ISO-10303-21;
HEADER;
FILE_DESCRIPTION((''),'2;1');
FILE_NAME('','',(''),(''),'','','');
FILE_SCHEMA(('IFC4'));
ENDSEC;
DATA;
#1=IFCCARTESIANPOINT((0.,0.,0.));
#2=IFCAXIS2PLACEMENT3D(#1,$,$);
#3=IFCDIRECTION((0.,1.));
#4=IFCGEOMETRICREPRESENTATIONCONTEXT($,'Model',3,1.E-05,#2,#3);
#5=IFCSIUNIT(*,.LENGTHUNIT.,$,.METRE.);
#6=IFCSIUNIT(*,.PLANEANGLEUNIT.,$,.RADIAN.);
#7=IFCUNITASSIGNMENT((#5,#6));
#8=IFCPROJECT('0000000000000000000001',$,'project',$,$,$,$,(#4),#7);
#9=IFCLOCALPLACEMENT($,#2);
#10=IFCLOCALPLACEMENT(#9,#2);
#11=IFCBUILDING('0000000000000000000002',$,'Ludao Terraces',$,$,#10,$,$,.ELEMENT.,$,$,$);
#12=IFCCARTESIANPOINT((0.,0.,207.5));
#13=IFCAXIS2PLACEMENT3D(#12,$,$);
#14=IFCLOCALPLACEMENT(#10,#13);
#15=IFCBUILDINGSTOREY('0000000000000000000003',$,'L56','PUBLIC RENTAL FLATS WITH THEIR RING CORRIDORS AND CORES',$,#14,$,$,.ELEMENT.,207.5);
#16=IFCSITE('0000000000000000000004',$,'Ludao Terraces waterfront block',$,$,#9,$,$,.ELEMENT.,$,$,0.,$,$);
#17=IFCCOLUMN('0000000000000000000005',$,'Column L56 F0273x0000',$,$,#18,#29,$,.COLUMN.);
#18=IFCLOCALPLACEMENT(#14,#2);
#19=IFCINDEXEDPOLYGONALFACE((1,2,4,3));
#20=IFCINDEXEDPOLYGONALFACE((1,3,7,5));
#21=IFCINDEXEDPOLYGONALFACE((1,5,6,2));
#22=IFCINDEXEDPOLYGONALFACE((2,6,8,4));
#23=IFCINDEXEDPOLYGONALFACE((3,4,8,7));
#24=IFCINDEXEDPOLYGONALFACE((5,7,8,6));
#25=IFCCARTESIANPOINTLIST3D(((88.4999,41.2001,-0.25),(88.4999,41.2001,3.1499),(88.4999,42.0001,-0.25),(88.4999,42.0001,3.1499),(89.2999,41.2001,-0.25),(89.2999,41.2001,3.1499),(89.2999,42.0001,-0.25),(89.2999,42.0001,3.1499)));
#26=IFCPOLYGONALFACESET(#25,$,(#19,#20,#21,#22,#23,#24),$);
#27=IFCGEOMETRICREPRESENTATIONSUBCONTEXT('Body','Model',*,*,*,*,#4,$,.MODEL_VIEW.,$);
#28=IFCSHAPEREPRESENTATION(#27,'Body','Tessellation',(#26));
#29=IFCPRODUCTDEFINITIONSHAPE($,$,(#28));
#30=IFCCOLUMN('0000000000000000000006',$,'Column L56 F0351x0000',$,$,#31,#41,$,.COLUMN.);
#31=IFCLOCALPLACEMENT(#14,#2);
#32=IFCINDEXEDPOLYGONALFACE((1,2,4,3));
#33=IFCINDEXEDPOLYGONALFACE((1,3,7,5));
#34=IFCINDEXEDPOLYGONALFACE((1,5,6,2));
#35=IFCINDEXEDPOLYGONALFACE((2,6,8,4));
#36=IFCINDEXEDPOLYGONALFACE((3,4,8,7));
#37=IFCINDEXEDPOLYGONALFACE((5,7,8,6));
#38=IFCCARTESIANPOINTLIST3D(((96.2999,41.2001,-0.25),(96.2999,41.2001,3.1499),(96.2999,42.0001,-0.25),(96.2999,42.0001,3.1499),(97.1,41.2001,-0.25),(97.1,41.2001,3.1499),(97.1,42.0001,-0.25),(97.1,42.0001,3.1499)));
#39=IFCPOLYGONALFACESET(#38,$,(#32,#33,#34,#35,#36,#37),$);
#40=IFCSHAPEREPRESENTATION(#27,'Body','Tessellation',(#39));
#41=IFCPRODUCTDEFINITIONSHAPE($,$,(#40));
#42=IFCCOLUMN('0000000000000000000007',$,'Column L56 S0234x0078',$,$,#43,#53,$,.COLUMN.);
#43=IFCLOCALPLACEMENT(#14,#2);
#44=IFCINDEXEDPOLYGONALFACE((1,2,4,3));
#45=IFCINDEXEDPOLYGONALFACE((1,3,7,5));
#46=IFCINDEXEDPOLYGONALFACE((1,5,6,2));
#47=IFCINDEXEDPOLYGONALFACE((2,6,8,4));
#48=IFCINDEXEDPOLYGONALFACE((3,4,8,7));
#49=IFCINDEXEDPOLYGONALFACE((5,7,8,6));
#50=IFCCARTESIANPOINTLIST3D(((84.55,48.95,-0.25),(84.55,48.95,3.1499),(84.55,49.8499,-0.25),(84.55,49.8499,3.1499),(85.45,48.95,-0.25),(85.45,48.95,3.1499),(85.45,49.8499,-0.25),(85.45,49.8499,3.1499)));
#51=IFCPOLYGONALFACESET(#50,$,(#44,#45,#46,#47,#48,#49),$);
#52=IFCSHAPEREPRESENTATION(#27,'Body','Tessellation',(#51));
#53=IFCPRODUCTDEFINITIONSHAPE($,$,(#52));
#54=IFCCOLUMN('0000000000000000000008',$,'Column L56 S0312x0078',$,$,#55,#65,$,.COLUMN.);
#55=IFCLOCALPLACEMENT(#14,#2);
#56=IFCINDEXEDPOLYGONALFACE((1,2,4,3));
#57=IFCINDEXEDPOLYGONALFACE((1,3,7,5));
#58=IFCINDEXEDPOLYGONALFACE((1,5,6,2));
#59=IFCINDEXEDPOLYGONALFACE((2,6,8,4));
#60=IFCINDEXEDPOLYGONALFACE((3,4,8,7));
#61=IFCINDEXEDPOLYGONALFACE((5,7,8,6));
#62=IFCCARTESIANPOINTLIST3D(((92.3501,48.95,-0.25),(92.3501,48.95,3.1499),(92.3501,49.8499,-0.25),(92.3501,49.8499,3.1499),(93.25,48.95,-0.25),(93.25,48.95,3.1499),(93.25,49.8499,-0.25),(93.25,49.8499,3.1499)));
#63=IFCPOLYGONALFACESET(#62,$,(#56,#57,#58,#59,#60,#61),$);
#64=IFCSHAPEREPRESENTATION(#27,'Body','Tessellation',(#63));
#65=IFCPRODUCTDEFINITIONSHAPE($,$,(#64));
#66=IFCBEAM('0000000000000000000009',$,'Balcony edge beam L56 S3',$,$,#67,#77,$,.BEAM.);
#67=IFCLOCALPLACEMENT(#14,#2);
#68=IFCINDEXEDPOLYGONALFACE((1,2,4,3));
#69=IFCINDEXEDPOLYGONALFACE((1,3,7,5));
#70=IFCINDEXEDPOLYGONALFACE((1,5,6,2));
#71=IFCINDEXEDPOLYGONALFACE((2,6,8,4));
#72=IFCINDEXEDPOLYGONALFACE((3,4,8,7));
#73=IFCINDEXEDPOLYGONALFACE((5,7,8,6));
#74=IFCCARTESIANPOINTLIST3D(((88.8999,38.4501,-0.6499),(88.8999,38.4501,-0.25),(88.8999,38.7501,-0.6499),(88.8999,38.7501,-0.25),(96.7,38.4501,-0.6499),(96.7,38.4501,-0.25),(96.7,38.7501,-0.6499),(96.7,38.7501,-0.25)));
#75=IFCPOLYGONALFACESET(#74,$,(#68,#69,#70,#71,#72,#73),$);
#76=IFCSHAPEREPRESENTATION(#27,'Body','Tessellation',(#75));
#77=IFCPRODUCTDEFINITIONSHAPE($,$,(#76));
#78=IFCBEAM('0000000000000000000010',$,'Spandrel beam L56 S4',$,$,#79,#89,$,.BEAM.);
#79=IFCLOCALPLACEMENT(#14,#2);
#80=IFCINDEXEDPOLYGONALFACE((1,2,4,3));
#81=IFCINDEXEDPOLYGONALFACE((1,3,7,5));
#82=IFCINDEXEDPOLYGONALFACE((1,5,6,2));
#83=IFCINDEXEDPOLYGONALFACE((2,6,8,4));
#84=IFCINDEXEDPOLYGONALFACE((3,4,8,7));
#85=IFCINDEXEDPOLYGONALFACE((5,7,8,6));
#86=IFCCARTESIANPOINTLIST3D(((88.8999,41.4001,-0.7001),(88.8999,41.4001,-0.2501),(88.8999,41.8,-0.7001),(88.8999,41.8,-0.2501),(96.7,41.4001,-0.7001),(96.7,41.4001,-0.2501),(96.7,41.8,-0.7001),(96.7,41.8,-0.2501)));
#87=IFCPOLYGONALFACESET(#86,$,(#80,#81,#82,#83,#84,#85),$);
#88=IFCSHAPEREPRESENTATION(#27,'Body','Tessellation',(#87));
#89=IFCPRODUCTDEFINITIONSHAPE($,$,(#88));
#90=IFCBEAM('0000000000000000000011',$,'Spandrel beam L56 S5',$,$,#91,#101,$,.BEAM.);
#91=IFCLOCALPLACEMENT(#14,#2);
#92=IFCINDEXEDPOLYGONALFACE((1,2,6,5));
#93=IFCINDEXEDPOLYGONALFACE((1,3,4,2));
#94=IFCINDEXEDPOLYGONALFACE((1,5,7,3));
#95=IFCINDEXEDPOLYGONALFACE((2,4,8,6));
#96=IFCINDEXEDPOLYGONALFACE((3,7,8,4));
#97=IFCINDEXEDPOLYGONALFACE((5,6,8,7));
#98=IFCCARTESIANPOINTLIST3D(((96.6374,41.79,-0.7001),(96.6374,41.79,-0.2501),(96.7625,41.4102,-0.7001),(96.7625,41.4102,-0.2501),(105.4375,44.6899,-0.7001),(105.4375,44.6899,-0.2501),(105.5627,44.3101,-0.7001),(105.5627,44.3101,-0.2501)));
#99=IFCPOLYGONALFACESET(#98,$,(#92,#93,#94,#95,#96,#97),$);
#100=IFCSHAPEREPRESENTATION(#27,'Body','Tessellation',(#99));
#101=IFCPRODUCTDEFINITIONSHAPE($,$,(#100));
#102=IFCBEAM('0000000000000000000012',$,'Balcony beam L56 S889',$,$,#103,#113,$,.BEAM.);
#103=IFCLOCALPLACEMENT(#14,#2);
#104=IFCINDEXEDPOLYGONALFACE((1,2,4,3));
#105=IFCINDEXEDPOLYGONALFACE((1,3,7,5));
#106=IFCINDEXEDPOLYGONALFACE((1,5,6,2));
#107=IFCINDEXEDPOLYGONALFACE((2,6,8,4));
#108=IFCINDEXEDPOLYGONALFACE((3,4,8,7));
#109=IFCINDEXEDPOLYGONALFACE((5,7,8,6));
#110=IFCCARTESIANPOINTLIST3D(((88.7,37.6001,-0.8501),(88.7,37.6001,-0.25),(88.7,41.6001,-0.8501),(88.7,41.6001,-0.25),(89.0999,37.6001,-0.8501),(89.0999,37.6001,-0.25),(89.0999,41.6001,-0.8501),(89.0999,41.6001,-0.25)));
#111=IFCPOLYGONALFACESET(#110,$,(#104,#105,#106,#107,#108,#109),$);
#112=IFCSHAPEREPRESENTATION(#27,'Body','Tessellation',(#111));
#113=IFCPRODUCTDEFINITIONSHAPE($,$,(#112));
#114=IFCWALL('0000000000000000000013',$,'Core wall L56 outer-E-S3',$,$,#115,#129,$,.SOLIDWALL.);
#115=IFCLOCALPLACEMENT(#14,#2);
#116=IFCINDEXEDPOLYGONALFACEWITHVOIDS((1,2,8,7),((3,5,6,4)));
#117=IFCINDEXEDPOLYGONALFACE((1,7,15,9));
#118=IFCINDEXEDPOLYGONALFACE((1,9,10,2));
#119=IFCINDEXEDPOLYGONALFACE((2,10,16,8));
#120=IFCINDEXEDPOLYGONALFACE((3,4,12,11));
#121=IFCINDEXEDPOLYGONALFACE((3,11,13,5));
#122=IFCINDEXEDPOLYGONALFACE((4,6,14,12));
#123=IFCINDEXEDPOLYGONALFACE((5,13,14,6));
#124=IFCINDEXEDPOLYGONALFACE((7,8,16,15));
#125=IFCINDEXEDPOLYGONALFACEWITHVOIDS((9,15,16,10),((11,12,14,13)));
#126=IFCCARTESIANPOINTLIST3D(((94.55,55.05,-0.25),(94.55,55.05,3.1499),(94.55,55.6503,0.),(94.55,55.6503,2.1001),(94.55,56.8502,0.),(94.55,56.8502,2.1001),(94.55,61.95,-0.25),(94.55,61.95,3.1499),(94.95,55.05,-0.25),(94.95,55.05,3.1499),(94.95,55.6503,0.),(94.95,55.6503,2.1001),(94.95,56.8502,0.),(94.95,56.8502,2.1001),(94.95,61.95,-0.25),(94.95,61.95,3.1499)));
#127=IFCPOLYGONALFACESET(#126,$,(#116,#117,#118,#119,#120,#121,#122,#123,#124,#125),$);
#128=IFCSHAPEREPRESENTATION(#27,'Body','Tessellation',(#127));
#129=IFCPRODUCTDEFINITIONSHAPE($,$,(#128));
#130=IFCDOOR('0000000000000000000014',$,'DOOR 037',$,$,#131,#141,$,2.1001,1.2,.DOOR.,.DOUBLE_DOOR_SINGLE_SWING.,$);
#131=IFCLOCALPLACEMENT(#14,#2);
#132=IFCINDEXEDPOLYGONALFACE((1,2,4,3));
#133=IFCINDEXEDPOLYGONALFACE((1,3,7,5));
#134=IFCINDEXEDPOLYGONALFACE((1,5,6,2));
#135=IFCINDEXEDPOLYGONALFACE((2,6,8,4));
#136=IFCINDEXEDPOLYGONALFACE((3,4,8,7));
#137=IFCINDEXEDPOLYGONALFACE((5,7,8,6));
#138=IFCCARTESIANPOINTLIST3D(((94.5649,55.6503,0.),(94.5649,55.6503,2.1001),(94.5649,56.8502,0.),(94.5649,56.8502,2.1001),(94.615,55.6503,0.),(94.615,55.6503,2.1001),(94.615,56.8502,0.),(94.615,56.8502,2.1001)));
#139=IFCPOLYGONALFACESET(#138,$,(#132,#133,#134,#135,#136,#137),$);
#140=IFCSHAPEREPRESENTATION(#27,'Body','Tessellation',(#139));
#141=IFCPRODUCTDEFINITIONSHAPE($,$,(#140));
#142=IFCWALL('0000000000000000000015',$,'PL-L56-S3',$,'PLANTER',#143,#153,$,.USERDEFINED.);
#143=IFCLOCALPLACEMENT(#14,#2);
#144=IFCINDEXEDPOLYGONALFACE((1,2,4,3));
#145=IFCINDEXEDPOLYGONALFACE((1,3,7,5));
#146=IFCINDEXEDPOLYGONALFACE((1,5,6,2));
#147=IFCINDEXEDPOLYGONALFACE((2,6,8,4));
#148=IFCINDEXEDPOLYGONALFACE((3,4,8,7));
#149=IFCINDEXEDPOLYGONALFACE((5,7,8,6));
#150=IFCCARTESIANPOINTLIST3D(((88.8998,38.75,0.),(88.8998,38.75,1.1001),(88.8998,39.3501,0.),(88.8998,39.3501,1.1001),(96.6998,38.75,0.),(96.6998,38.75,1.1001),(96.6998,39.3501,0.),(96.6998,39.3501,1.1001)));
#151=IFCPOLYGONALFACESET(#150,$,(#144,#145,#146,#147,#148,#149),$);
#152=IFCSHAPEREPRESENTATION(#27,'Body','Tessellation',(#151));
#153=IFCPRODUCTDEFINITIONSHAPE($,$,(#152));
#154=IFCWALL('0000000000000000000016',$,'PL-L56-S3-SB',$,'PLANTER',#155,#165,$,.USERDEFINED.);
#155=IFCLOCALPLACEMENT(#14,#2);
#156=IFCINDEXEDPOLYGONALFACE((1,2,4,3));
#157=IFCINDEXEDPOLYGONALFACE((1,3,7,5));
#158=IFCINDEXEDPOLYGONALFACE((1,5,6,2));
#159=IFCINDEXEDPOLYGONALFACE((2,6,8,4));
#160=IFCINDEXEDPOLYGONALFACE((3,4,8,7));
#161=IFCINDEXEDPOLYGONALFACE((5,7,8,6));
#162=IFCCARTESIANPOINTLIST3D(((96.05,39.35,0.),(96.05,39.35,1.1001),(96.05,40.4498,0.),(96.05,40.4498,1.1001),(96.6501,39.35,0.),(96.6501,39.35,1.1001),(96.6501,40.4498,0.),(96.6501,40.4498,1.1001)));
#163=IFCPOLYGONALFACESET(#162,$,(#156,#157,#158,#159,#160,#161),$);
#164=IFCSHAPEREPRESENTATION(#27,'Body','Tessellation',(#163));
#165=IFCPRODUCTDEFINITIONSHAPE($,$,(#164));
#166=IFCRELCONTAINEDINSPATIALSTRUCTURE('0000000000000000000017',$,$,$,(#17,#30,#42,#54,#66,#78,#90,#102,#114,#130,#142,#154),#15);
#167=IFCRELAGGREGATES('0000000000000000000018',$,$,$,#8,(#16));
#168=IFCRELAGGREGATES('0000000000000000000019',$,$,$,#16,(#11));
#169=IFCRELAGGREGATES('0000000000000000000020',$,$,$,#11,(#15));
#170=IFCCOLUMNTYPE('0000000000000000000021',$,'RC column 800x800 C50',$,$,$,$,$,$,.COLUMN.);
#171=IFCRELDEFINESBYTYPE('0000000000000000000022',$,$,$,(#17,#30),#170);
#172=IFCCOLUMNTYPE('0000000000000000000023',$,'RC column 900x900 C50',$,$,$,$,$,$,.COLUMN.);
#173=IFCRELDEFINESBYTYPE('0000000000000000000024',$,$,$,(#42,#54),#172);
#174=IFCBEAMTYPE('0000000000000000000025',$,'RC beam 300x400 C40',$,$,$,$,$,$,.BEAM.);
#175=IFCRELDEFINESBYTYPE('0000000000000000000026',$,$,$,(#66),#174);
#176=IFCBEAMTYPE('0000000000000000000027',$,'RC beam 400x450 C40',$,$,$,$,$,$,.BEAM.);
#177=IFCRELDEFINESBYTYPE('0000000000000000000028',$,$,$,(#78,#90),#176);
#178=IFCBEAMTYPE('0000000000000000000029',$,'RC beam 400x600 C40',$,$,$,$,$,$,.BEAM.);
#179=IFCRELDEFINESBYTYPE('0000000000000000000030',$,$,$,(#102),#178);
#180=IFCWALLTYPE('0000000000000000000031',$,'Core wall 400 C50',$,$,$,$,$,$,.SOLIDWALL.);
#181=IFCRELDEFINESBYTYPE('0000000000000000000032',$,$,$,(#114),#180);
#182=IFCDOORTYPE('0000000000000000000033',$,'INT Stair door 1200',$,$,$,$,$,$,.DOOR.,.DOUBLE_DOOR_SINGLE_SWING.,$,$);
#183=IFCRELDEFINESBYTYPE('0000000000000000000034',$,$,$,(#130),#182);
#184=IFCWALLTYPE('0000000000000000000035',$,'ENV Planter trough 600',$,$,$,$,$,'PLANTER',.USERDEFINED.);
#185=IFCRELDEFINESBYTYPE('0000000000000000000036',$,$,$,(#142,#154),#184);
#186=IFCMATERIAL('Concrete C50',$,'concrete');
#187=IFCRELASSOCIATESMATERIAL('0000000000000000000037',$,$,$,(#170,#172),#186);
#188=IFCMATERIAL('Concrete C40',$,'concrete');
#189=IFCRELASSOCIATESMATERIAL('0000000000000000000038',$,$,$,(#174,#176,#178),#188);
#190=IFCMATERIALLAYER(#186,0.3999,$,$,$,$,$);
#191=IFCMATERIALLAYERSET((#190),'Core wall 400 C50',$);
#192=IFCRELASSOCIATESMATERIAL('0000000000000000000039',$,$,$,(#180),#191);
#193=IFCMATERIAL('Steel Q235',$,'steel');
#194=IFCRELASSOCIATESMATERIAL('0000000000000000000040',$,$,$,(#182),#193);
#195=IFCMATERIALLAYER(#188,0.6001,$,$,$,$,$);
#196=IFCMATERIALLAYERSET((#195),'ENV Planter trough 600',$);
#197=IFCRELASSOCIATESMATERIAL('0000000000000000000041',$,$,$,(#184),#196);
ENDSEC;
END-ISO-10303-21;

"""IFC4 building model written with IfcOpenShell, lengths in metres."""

from ifc_helpers import new_model, si_unit, direction, frame, frame_2d, origin, origin_2d, place, context, subcontext, project, spatial, rectangle, extrude, material, layer, layer_set, material_profile, profile_set, type_object, element, fill, save


model = new_model("IFC4")

# Units and contexts
model_context = context("Model", 3, precision=1e-05, world=origin(), true_north=direction((0.0, 1.0)))
body_context = subcontext(model_context, "Body", "Model", "MODEL_VIEW")
ifc_project = project(units=[si_unit("LENGTHUNIT", "METRE"), si_unit("PLANEANGLEUNIT", "RADIAN")], contexts=[model_context])

# Site, building, storey
site_placement = place(None, origin())
site = spatial("IfcSite", under=ifc_project, at=site_placement, Name="Ludao Terraces waterfront block", CompositionType="ELEMENT", RefElevation=0.0)
building_placement = place(site_placement, origin())
building = spatial("IfcBuilding", under=site, at=building_placement, Name="Ludao Terraces", CompositionType="ELEMENT")
storey_placement = place(building_placement, frame((0.0, 0.0, 207.5)))
storey = spatial("IfcBuildingStorey", under=building, at=storey_placement, Name="L56", Description="PUBLIC RENTAL FLATS WITH THEIR RING CORRIDORS AND CORES", CompositionType="ELEMENT", Elevation=207.5)

# Columns
ifc_material_1 = material(Name="Concrete C50", Category="concrete")
ifc_material_profile_1 = material_profile(ifc_material_1, rectangle(XDim=0.8, YDim=0.8, at=origin_2d()), Name="800 X 800")
ifc_profile_set_1 = profile_set([ifc_material_profile_1], Name="Concrete C50")
column_type_1 = type_object("IfcColumnType", Name="RC column 800x800 C50", PredefinedType="COLUMN", material=ifc_profile_set_1)
for number, where, z_axis, x_axis, name in (
    (1, (88.8999, 41.6001, -0.25), (0.0, 0.0, 1.0), (1.0, 0.0, 0.0), "Column L56 F0273x0000"),
    (2, (96.7, 41.6001, -0.25), (0.0, 0.0, 1.0), (1.0, 0.0, 0.0), "Column L56 F0351x0000"),
):
    element("IfcColumn", number, at=place(storey_placement, frame(where, z_axis=z_axis, x_axis=x_axis)), inside=storey, type_object=column_type_1, Name=name, PredefinedType="COLUMN", context=body_context, shape_type="SweptSolid", body=[
        extrude(rectangle(XDim=0.8, YDim=0.8, at=origin_2d()), origin(), (0.0, 0.0, 1.0), 3.3999),
    ])
ifc_material_profile_2 = material_profile(ifc_material_1, rectangle(XDim=0.8999, YDim=0.8999, at=origin_2d()), Name="900 X 900")
ifc_profile_set_2 = profile_set([ifc_material_profile_2], Name="Concrete C50")
column_type_2 = type_object("IfcColumnType", Name="RC column 900x900 C50", PredefinedType="COLUMN", material=ifc_profile_set_2)
for number, where, z_axis, x_axis, name in (
    (3, (85.0, 49.3999, -0.25), (0.0, 0.0, 1.0), (1.0, 0.0, 0.0), "Column L56 S0234x0078"),
    (4, (92.8, 49.3999, -0.25), (0.0, 0.0, 1.0), (1.0, 0.0, 0.0), "Column L56 S0312x0078"),
):
    element("IfcColumn", number, at=place(storey_placement, frame(where, z_axis=z_axis, x_axis=x_axis)), inside=storey, type_object=column_type_2, Name=name, PredefinedType="COLUMN", context=body_context, shape_type="SweptSolid", body=[
        extrude(rectangle(XDim=0.8999, YDim=0.8999, at=origin_2d()), origin(), (0.0, 0.0, 1.0), 3.3999),
    ])

# Beams
ifc_material_2 = material(Name="Concrete C40", Category="concrete")
ifc_material_profile_3 = material_profile(ifc_material_2, rectangle(XDim=0.3, YDim=0.3999, at=origin_2d()), Name="300 X 400")
ifc_profile_set_3 = profile_set([ifc_material_profile_3], Name="Concrete C40")
beam_type_1 = type_object("IfcBeamType", Name="RC beam 300x400 C40", PredefinedType="BEAM", material=ifc_profile_set_3)
beam_1_placement = place(storey_placement, frame((88.8999, 38.6001, -0.45), z_axis=(1.0, 0.0, 0.0), x_axis=(0.0, 1.0, 0.0)))
element("IfcBeam", 5, at=beam_1_placement, inside=storey, type_object=beam_type_1, Name="Balcony edge beam L56 S3", PredefinedType="BEAM", context=body_context, shape_type="SweptSolid", body=[
    extrude(rectangle(XDim=0.3, YDim=0.3999, at=origin_2d()), origin(), (0.0, 0.0, 1.0), 7.8),
])
ifc_material_profile_4 = material_profile(ifc_material_2, rectangle(XDim=0.3999, YDim=0.45, at=origin_2d()), Name="400 X 450")
ifc_profile_set_4 = profile_set([ifc_material_profile_4], Name="Concrete C40")
beam_type_2 = type_object("IfcBeamType", Name="RC beam 400x450 C40", PredefinedType="BEAM", material=ifc_profile_set_4)
beam_2_placement = place(storey_placement, frame((88.8999, 41.6001, -0.4751), z_axis=(1.0, 0.0, 0.0), x_axis=(0.0, 1.0, 0.0)))
element("IfcBeam", 6, at=beam_2_placement, inside=storey, type_object=beam_type_2, Name="Spandrel beam L56 S4", PredefinedType="BEAM", context=body_context, shape_type="SweptSolid", body=[
    extrude(rectangle(XDim=0.3999, YDim=0.45, at=origin_2d()), origin(), (0.0, 0.0, 1.0), 7.8),
])
beam_3_placement = place(storey_placement, frame((96.7, 41.6001, -0.4751), z_axis=(0.949761, 0.312977, 0.0), x_axis=(-0.312977, 0.949761, 0.0)))
element("IfcBeam", 7, at=beam_3_placement, inside=storey, type_object=beam_type_2, Name="Spandrel beam L56 S5", PredefinedType="BEAM", context=body_context, shape_type="SweptSolid", body=[
    extrude(rectangle(XDim=0.3999, YDim=0.45, at=origin_2d()), origin(), (0.0, 0.0, 1.0), 9.2656),
])
ifc_material_profile_5 = material_profile(ifc_material_2, rectangle(XDim=0.3999, YDim=0.6001, at=origin_2d()), Name="400 X 600")
ifc_profile_set_5 = profile_set([ifc_material_profile_5], Name="Concrete C40")
beam_type_3 = type_object("IfcBeamType", Name="RC beam 400x600 C40", PredefinedType="BEAM", material=ifc_profile_set_5)
beam_4_placement = place(storey_placement, frame((88.8999, 41.6001, -0.55), z_axis=(0.0, -1.0, 0.0), x_axis=(1.0, 0.0, 0.0)))
element("IfcBeam", 8, at=beam_4_placement, inside=storey, type_object=beam_type_3, Name="Balcony beam L56 S889", PredefinedType="BEAM", context=body_context, shape_type="SweptSolid", body=[
    extrude(rectangle(XDim=0.3999, YDim=0.6001, at=origin_2d()), origin(), (0.0, 0.0, 1.0), 4.0),
])

# Wall, opening, door
ifc_layer_1 = layer(ifc_material_1, 0.3999)
ifc_layer_set_1 = layer_set([ifc_layer_1], Name="Core wall 400 C50")
wall_type_1 = type_object("IfcWallType", Name="Core wall 400 C50", PredefinedType="SOLIDWALL", material=ifc_layer_set_1)
wall_1_placement = place(storey_placement, frame((94.75, 55.05, -0.25), z_axis=(0.0, 0.0, 1.0), x_axis=(0.0, 1.0, 0.0)))
wall_1 = element("IfcWall", 9, at=wall_1_placement, inside=storey, type_object=wall_type_1, Name="Core wall L56 outer-E-S3", PredefinedType="SOLIDWALL", context=body_context, shape_type="SweptSolid", body=[
    extrude(rectangle(XDim=6.8999, YDim=0.3999, at=frame_2d((3.45, 0.0))), origin(), (0.0, 0.0, 1.0), 3.3999),
])
opening_1_placement = place(wall_1_placement, frame((0.6001, 0.0, 0.25)))
opening_1 = element("IfcOpeningElement", 10, at=opening_1_placement, cuts=wall_1, PredefinedType="OPENING", context=body_context, shape_type="SweptSolid", body=[
    extrude(rectangle(XDim=1.2, YDim=2.1001, at=frame_2d((0.6001, 1.05))), frame((0.0, 0.21, 0.0), z_axis=(0.0, -1.0, 0.0), x_axis=(1.0, 0.0, 0.0)), (0.0, 0.0, 1.0), 0.4199),
])
ifc_material_3 = material(Name="Steel Q235", Category="steel")
door_type_1 = type_object("IfcDoorType", Name="INT Stair door 1200", OperationType="DOUBLE_DOOR_SINGLE_SWING", PredefinedType="DOOR", material=ifc_material_3)
door_1_placement = place(opening_1_placement, origin())
door_1 = element("IfcDoor", 11, at=door_1_placement, inside=storey, type_object=door_type_1, Name="DOOR 037", OperationType="DOUBLE_DOOR_SINGLE_SWING", OverallHeight=2.1001, OverallWidth=1.2, PredefinedType="DOOR", context=body_context, shape_type="SweptSolid", body=[
    extrude(rectangle(XDim=1.2, YDim=2.1001, at=frame_2d((0.6001, 1.05))), frame((0.0, 0.1851, 0.0), z_axis=(0.0, -1.0, 0.0), x_axis=(1.0, 0.0, 0.0)), (0.0, 0.0, 1.0), 0.05),
])
fill(opening_1, door_1)

# Walls
ifc_layer_2 = layer(ifc_material_2, 0.6001)
ifc_layer_set_2 = layer_set([ifc_layer_2], Name="ENV Planter trough 600")
wall_type_2 = type_object("IfcWallType", Name="ENV Planter trough 600", ElementType="PLANTER", PredefinedType="USERDEFINED", material=ifc_layer_set_2)
wall_2_placement = place(storey_placement, frame((88.8999, 39.05, 0.0), z_axis=(0.0, 0.0, 1.0), x_axis=(1.0, 0.0, 0.0)))
element("IfcWall", 12, at=wall_2_placement, inside=storey, type_object=wall_type_2, Name="PL-L56-S3", ObjectType="PLANTER", PredefinedType="USERDEFINED", context=body_context, shape_type="SweptSolid", body=[
    extrude(rectangle(XDim=7.8, YDim=0.6001, at=frame_2d((3.8999, 0.0))), origin(), (0.0, 0.0, 1.0), 1.1001),
])
wall_3_placement = place(storey_placement, frame((96.3501, 39.3501, 0.0), z_axis=(0.0, 0.0, 1.0), x_axis=(0.0, 1.0, 0.0)))
element("IfcWall", 13, at=wall_3_placement, inside=storey, type_object=wall_type_2, Name="PL-L56-S3-SB", ObjectType="PLANTER", PredefinedType="USERDEFINED", context=body_context, shape_type="SweptSolid", body=[
    extrude(rectangle(XDim=1.0999, YDim=0.6001, at=frame_2d((0.5498, 0.0))), origin(), (0.0, 0.0, 1.0), 1.1001),
])

save(model, "model.ifc")
